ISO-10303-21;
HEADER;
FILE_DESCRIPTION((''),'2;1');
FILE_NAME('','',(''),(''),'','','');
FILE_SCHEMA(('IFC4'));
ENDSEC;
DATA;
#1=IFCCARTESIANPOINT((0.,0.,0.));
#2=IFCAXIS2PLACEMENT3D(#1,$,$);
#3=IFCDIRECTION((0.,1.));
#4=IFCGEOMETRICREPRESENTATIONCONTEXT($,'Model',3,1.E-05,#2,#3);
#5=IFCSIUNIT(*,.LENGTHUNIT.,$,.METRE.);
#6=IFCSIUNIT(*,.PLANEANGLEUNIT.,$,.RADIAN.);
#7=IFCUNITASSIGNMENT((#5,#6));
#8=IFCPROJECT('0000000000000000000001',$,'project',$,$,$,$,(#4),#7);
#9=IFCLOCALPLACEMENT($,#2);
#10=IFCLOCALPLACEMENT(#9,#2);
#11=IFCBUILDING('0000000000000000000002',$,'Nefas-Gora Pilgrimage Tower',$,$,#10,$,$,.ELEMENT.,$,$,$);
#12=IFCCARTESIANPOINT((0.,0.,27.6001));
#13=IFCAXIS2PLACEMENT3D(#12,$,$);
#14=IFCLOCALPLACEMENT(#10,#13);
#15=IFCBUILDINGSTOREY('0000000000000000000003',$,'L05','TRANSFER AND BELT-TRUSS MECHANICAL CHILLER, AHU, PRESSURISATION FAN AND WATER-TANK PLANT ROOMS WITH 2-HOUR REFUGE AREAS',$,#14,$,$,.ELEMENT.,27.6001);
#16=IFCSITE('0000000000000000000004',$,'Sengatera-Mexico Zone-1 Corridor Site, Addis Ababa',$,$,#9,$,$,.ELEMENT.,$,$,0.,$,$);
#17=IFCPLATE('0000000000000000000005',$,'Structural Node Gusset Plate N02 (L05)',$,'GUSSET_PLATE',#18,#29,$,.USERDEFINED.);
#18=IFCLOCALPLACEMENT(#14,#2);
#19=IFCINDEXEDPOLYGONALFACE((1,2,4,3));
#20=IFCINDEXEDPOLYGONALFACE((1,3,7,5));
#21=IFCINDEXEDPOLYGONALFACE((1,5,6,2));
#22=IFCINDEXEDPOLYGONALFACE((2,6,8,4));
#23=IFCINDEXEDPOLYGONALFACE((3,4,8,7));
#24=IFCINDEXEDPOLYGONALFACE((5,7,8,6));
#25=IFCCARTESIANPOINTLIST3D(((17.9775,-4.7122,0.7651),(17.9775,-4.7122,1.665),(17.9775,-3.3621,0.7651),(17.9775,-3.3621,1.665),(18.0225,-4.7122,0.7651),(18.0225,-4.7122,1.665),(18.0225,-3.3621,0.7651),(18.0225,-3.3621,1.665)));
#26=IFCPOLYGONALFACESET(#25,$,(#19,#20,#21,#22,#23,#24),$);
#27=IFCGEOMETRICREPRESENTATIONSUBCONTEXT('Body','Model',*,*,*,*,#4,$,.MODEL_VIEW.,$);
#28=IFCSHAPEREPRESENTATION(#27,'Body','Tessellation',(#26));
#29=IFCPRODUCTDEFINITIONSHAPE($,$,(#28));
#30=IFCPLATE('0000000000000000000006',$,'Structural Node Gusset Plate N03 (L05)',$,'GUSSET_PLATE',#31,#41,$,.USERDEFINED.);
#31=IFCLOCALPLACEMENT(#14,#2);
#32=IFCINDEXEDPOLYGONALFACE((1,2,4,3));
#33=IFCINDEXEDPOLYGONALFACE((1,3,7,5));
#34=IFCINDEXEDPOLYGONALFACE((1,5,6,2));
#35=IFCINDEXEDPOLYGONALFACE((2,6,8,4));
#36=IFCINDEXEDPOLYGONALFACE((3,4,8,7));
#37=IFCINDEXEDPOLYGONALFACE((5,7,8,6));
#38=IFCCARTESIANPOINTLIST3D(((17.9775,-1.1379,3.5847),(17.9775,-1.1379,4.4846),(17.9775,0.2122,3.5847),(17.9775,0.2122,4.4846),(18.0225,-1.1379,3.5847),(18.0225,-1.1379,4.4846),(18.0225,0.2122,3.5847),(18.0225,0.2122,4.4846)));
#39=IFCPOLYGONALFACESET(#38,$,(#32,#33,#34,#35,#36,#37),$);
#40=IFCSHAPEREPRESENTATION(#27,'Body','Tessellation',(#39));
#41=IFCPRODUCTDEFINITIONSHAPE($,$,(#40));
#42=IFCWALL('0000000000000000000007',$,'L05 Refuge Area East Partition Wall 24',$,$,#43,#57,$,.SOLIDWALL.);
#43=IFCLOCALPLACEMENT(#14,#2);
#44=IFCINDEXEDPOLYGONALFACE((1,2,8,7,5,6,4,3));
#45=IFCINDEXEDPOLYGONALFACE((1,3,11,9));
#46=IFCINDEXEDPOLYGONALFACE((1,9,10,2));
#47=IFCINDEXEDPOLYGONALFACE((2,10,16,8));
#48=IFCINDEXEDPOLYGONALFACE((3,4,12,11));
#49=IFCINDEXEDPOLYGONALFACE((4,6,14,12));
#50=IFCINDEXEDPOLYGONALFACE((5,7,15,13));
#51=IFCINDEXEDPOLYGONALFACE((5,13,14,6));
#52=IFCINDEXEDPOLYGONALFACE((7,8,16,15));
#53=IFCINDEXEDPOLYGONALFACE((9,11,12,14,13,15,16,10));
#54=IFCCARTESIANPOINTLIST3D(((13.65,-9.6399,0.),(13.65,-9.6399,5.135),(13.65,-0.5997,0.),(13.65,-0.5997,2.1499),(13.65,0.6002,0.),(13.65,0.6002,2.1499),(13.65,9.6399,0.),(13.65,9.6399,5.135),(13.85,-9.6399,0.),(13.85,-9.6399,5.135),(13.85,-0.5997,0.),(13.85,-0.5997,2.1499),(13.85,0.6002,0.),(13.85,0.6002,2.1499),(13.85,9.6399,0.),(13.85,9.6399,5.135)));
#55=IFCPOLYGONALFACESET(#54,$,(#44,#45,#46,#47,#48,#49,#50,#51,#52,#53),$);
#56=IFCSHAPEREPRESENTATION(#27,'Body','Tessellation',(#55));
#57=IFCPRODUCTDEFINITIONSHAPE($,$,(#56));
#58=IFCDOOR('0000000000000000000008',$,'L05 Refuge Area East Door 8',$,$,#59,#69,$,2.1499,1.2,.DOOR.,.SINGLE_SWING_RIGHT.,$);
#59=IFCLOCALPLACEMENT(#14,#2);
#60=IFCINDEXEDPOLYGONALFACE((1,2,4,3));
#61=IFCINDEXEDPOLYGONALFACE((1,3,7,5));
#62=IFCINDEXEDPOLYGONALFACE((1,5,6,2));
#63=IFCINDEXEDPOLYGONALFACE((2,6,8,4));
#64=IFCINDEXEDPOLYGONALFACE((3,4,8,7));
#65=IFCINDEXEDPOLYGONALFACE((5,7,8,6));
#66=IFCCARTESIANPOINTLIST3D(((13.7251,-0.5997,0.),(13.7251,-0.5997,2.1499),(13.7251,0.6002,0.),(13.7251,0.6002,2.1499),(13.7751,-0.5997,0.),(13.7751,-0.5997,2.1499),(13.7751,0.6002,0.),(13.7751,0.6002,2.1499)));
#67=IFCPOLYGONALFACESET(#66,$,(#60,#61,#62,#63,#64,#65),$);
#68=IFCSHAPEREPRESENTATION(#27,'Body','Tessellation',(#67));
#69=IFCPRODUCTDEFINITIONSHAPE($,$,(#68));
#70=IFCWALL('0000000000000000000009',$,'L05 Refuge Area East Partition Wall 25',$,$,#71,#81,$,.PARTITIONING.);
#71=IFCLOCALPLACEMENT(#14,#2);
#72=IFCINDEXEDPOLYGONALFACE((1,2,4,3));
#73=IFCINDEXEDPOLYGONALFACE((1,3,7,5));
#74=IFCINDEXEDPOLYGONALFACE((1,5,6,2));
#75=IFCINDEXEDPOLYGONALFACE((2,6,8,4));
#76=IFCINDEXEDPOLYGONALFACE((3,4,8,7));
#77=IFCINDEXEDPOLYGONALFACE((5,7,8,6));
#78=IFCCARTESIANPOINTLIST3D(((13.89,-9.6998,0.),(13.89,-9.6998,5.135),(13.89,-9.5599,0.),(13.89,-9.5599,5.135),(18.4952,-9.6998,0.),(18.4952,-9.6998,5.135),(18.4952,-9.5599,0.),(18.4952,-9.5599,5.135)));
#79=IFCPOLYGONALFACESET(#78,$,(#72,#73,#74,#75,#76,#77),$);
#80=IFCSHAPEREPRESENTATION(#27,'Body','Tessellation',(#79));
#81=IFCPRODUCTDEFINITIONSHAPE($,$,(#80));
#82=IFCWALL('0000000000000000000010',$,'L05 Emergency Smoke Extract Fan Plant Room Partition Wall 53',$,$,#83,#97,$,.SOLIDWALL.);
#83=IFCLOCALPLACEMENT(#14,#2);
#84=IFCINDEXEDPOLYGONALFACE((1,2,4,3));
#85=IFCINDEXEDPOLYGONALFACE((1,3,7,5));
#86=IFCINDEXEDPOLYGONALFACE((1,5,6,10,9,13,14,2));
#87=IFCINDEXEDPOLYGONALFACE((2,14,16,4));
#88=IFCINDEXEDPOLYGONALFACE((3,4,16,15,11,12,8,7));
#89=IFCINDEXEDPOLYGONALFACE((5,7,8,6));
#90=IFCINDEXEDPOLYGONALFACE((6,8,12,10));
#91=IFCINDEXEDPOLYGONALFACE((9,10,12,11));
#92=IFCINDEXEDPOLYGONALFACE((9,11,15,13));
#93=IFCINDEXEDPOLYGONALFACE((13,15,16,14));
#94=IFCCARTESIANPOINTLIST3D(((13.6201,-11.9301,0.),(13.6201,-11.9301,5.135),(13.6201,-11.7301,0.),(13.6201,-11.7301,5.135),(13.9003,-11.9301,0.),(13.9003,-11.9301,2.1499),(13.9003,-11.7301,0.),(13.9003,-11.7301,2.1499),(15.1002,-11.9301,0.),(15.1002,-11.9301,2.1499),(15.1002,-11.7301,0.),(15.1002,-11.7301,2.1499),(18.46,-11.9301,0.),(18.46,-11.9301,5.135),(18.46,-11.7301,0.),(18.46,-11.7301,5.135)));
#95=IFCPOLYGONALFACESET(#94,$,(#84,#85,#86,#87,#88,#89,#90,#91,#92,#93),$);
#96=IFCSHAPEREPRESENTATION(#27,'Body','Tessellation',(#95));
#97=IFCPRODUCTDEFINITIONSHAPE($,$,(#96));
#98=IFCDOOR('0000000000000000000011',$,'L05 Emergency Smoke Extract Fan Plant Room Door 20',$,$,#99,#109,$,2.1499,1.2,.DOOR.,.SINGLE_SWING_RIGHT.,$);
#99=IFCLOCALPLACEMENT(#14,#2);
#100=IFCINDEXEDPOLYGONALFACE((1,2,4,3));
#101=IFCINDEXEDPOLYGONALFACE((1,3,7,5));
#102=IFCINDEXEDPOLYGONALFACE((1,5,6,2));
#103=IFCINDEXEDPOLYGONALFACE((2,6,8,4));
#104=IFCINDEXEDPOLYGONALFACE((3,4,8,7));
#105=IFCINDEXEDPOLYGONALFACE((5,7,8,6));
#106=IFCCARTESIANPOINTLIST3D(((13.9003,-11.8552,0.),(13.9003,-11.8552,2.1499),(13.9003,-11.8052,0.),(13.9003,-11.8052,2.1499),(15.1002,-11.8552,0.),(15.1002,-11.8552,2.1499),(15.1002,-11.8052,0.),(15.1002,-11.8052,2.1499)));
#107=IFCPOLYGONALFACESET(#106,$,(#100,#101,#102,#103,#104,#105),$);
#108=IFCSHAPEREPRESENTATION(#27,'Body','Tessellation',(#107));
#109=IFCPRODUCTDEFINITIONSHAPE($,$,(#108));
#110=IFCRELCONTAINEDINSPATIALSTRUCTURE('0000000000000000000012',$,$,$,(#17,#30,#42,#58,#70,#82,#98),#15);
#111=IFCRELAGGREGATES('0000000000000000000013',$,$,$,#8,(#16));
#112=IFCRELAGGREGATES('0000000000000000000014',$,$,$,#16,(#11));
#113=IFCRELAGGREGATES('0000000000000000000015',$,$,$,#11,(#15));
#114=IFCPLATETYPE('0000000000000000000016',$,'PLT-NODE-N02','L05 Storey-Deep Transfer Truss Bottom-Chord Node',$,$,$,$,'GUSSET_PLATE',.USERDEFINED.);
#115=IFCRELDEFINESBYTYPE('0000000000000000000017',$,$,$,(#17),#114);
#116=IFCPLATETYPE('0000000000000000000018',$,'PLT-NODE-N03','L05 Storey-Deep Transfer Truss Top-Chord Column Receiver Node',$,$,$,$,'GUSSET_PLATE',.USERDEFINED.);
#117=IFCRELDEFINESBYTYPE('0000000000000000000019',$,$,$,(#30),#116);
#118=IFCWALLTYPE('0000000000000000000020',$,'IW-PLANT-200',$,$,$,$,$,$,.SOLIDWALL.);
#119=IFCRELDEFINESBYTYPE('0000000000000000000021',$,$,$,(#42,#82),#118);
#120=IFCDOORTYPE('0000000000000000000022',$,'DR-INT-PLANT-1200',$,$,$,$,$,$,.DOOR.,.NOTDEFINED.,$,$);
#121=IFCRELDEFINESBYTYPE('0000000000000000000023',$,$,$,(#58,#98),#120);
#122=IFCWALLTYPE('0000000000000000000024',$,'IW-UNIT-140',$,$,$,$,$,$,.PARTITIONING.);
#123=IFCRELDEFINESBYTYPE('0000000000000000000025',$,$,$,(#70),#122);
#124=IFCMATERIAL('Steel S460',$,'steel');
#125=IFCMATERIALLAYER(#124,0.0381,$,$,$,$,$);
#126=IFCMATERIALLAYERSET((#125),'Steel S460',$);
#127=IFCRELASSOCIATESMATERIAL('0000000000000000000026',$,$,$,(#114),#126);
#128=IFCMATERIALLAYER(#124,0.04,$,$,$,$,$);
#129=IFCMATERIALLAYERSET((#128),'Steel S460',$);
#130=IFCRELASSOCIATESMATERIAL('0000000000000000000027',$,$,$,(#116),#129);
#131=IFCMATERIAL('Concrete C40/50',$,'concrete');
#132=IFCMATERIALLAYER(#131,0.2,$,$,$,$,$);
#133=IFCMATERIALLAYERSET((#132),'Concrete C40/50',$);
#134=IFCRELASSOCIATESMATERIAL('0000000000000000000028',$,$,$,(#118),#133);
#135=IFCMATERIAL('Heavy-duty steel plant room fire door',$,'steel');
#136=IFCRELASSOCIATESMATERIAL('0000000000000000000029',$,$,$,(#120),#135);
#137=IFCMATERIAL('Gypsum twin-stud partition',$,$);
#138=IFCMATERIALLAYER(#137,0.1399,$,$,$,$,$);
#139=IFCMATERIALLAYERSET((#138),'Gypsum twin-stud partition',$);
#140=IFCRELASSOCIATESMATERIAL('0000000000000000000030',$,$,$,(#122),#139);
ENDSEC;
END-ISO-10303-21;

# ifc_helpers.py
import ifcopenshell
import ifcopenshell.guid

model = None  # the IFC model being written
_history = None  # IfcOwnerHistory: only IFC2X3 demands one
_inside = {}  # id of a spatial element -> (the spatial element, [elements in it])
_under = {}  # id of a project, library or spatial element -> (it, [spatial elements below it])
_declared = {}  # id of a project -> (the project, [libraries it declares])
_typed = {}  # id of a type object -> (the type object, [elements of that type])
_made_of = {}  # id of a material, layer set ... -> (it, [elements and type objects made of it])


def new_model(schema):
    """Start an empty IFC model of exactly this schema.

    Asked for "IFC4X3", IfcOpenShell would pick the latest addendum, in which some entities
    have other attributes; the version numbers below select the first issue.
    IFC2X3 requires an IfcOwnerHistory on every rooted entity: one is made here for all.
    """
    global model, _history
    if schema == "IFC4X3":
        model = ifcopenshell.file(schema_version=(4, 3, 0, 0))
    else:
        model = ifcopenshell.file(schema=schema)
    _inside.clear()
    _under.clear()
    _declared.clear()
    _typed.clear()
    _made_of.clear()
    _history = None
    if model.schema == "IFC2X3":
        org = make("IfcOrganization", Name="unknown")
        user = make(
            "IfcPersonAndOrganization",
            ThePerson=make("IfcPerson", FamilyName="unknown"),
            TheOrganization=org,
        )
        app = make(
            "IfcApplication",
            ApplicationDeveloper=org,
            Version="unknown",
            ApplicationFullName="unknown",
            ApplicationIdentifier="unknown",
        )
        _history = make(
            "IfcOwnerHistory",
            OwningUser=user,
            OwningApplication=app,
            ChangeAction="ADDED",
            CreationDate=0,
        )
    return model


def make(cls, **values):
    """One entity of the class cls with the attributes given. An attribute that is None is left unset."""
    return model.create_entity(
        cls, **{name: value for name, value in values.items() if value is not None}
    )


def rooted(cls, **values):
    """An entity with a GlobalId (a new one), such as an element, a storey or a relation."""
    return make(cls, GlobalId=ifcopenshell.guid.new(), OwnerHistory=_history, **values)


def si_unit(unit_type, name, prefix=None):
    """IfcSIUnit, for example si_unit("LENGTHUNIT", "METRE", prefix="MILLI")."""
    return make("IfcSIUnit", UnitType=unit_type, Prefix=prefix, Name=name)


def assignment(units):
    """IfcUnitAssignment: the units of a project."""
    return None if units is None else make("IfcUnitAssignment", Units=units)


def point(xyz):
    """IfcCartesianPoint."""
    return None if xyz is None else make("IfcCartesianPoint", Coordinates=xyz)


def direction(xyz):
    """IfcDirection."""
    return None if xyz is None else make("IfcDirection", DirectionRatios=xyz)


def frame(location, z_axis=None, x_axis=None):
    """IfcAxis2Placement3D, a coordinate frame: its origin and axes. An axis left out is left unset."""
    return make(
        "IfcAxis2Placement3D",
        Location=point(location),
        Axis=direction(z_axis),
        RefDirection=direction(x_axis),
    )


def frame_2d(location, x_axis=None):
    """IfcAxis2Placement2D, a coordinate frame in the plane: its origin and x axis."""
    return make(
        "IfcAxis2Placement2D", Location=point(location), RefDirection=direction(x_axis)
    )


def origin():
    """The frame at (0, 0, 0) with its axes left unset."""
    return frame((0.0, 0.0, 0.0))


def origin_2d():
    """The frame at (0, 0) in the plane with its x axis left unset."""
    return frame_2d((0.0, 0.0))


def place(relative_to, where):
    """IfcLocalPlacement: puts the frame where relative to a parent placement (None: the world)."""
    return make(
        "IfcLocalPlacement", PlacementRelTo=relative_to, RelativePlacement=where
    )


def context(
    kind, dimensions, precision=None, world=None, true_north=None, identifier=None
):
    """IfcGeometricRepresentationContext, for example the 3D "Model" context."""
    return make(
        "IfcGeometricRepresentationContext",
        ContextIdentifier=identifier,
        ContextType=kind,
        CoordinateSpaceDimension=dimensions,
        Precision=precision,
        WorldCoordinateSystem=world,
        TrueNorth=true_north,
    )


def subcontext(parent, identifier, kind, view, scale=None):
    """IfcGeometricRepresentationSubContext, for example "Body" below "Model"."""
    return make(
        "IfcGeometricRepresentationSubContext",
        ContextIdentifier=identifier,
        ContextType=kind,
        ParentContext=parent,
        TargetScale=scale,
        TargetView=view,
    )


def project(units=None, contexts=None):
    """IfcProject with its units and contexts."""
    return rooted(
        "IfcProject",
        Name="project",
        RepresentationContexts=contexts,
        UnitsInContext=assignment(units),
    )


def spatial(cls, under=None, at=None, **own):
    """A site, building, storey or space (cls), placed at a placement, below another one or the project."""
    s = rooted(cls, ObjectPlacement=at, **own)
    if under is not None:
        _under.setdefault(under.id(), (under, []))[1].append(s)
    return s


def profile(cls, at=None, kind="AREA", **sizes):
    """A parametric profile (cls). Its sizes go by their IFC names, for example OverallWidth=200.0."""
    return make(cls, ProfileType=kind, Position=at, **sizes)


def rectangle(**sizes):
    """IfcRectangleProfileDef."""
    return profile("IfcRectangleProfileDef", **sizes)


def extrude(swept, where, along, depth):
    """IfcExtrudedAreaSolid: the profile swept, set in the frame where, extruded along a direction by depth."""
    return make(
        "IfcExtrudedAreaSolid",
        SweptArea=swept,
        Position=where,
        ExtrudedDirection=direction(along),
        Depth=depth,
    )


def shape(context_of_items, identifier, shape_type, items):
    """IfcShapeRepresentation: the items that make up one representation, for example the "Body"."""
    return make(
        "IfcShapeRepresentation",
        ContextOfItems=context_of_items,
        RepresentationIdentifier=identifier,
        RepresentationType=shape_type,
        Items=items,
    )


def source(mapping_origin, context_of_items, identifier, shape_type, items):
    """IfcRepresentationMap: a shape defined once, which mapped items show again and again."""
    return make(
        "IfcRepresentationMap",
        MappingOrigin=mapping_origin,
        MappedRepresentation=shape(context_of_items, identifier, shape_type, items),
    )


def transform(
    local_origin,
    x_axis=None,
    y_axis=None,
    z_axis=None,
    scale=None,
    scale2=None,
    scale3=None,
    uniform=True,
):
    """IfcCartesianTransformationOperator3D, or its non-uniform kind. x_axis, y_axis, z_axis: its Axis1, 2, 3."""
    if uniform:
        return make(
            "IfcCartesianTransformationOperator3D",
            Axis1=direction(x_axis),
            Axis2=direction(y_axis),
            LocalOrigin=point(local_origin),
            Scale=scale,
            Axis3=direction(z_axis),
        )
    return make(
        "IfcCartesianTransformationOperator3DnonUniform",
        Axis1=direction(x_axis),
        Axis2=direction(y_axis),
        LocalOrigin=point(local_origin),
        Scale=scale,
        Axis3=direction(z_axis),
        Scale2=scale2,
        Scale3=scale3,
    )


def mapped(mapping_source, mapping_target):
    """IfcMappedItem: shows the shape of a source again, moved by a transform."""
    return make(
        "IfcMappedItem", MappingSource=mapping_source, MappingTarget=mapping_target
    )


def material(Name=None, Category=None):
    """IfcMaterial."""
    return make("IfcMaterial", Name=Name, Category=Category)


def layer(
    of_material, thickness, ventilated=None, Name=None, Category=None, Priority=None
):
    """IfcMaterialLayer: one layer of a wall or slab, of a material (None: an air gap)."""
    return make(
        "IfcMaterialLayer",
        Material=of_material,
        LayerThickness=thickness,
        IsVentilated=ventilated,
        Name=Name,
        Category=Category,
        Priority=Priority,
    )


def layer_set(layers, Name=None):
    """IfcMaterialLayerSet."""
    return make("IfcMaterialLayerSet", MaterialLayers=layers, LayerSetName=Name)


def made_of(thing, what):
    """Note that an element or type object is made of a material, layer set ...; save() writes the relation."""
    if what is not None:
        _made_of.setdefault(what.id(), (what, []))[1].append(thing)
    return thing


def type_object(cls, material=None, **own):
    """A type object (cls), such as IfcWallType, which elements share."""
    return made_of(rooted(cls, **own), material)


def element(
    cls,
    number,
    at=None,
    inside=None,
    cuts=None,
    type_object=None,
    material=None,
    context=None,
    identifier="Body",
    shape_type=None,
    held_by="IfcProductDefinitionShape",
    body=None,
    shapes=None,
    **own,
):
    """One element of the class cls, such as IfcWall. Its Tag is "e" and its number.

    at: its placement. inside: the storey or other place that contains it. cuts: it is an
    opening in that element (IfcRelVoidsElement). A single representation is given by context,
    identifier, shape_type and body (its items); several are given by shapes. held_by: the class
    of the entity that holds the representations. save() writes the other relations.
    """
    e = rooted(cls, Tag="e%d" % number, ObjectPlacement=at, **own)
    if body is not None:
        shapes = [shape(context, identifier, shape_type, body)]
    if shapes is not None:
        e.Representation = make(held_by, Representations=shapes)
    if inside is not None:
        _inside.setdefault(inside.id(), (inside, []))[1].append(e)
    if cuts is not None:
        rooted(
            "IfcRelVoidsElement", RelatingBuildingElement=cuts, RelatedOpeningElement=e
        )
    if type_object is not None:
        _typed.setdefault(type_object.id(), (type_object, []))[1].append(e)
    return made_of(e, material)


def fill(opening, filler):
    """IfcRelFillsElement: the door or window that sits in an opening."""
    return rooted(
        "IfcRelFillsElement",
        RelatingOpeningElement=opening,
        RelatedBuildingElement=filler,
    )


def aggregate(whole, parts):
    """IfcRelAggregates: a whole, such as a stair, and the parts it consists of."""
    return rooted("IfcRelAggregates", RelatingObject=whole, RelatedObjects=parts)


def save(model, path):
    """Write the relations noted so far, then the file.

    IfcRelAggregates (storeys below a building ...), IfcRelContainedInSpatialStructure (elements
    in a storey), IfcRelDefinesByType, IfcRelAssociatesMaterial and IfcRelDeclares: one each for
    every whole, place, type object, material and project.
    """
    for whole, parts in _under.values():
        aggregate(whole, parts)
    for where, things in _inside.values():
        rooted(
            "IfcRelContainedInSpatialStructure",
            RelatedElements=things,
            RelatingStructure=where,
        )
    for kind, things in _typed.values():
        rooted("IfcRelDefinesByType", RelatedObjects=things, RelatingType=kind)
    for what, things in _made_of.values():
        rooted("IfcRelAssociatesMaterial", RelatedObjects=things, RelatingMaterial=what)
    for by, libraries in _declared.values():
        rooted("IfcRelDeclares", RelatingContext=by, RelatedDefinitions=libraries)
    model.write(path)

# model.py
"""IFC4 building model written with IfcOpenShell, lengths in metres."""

from ifc_helpers import new_model, si_unit, direction, frame, frame_2d, origin, origin_2d, place, context, subcontext, project, spatial, rectangle, extrude, source, transform, mapped, material, layer, layer_set, type_object, element, fill, save


model = new_model("IFC4")

# Units and contexts
model_context = context("Model", 3, precision=1e-05, world=origin(), true_north=direction((0.0, 1.0)))
body_context = subcontext(model_context, "Body", "Model", "MODEL_VIEW")
ifc_project = project(units=[si_unit("LENGTHUNIT", "METRE"), si_unit("PLANEANGLEUNIT", "RADIAN")], contexts=[model_context])

# Site, building, storey
site_placement = place(None, origin())
site = spatial("IfcSite", under=ifc_project, at=site_placement, Name="Sengatera-Mexico Zone-1 Corridor Site, Addis Ababa", CompositionType="ELEMENT", RefElevation=0.0)
building_placement = place(site_placement, origin())
building = spatial("IfcBuilding", under=site, at=building_placement, Name="Nefas-Gora Pilgrimage Tower", CompositionType="ELEMENT")
storey_placement = place(building_placement, frame((0.0, 0.0, 27.6001)))
storey = spatial("IfcBuildingStorey", under=building, at=storey_placement, Name="L05", Description="TRANSFER AND BELT-TRUSS MECHANICAL CHILLER, AHU, PRESSURISATION FAN AND WATER-TANK PLANT ROOMS WITH 2-HOUR REFUGE AREAS", CompositionType="ELEMENT", Elevation=27.6001)

# Shared definitions
ifc_material_1 = material(Name="Steel S460", Category="steel")

# Plates
ifc_layer_1 = layer(ifc_material_1, 0.0381)
ifc_layer_set_1 = layer_set([ifc_layer_1], Name="Steel S460")
plate_type_1 = type_object("IfcPlateType", Name="PLT-NODE-N02", Description="L05 Storey-Deep Transfer Truss Bottom-Chord Node", ElementType="GUSSET_PLATE", PredefinedType="USERDEFINED", material=ifc_layer_set_1)
shared_shape_1 = source(origin(), body_context, "Body", "SweptSolid", [
    extrude(rectangle(XDim=1.3501, YDim=0.0449, at=origin_2d()), origin(), (0.0, 0.0, 1.0), 0.8999),
])
plate_1_placement = place(storey_placement, frame((18.0, -4.0371, 0.7651), z_axis=(0.0, 0.0, 1.0), x_axis=(0.0, 1.0, 0.0)))
element("IfcPlate", 1, at=plate_1_placement, inside=storey, type_object=plate_type_1, Name="Structural Node Gusset Plate N02 (L05)", ObjectType="GUSSET_PLATE", PredefinedType="USERDEFINED", context=body_context, shape_type="MappedRepresentation", body=[
    mapped(shared_shape_1, transform((0.0, 0.0, 0.0), x_axis=(1.0, 0.0, 0.0), y_axis=(0.0, 1.0, 0.0), z_axis=(0.0, 0.0, 1.0), scale=1.0)),
])
ifc_layer_2 = layer(ifc_material_1, 0.04)
ifc_layer_set_2 = layer_set([ifc_layer_2], Name="Steel S460")
plate_type_2 = type_object("IfcPlateType", Name="PLT-NODE-N03", Description="L05 Storey-Deep Transfer Truss Top-Chord Column Receiver Node", ElementType="GUSSET_PLATE", PredefinedType="USERDEFINED", material=ifc_layer_set_2)
plate_2_placement = place(storey_placement, frame((18.0, -0.4629, 3.5847), z_axis=(0.0, 0.0, 1.0), x_axis=(0.0, 1.0, 0.0)))
element("IfcPlate", 2, at=plate_2_placement, inside=storey, type_object=plate_type_2, Name="Structural Node Gusset Plate N03 (L05)", ObjectType="GUSSET_PLATE", PredefinedType="USERDEFINED", context=body_context, shape_type="MappedRepresentation", body=[
    mapped(shared_shape_1, transform((0.0, 0.0, 0.0), x_axis=(1.0, 0.0, 0.0), y_axis=(0.0, 1.0, 0.0), z_axis=(0.0, 0.0, 1.0), scale=1.0)),
])

# Wall, opening, door
ifc_material_2 = material(Name="Concrete C40/50", Category="concrete")
ifc_layer_3 = layer(ifc_material_2, 0.2)
ifc_layer_set_3 = layer_set([ifc_layer_3], Name="Concrete C40/50")
wall_type_1 = type_object("IfcWallType", Name="IW-PLANT-200", PredefinedType="SOLIDWALL", material=ifc_layer_set_3)
shared_shape_2 = source(origin(), body_context, "Body", "SweptSolid", [
    extrude(rectangle(XDim=19.2798, YDim=0.2, at=frame_2d((9.6399, 0.0))), origin(), (0.0, 0.0, 1.0), 5.135),
])
wall_1_placement = place(storey_placement, frame((13.75, -9.6399, 0.0), z_axis=(0.0, 0.0, 1.0), x_axis=(0.0, 1.0, 0.0)))
wall_1 = element("IfcWall", 3, at=wall_1_placement, inside=storey, type_object=wall_type_1, Name="L05 Refuge Area East Partition Wall 24", PredefinedType="SOLIDWALL", context=body_context, shape_type="MappedRepresentation", body=[
    mapped(shared_shape_2, transform((0.0, 0.0, 0.0), x_axis=(1.0, 0.0, 0.0), y_axis=(0.0, 1.0, 0.0), z_axis=(0.0, 0.0, 1.0), scale=1.0)),
])
opening_1_placement = place(wall_1_placement, frame((9.04, 0.0, 0.0)))
opening_1 = element("IfcOpeningElement", 4, at=opening_1_placement, cuts=wall_1, PredefinedType="OPENING", context=body_context, shape_type="SweptSolid", body=[
    extrude(rectangle(XDim=1.2, YDim=2.1499, at=frame_2d((0.6001, 1.075))), frame((0.0, 0.1099, 0.0), z_axis=(0.0, -1.0, 0.0), x_axis=(1.0, 0.0, 0.0)), (0.0, 0.0, 1.0), 0.22),
])
ifc_material_3 = material(Name="Heavy-duty steel plant room fire door", Category="steel")
door_type = type_object("IfcDoorType", Name="DR-INT-PLANT-1200", OperationType="NOTDEFINED", PredefinedType="DOOR", material=ifc_material_3)
shared_shape_3 = source(origin(), body_context, "Body", "SweptSolid", [
    extrude(rectangle(XDim=1.2, YDim=2.1499, at=frame_2d((0.6001, 1.075))), frame((0.0, 0.0249, 0.0), z_axis=(0.0, -1.0, 0.0), x_axis=(1.0, 0.0, 0.0)), (0.0, 0.0, 1.0), 0.05),
])
door_1_placement = place(opening_1_placement, origin())
door_1 = element("IfcDoor", 5, at=door_1_placement, inside=storey, type_object=door_type, Name="L05 Refuge Area East Door 8", OperationType="SINGLE_SWING_RIGHT", OverallHeight=2.1499, OverallWidth=1.2, PredefinedType="DOOR", context=body_context, shape_type="MappedRepresentation", body=[
    mapped(shared_shape_3, transform((0.0, 0.0, 0.0), x_axis=(1.0, 0.0, 0.0), y_axis=(0.0, 1.0, 0.0), z_axis=(0.0, 0.0, 1.0), scale=1.0)),
])
fill(opening_1, door_1)

# Wall
ifc_material_4 = material(Name="Gypsum twin-stud partition")
ifc_layer_4 = layer(ifc_material_4, 0.1399)
ifc_layer_set_4 = layer_set([ifc_layer_4], Name="Gypsum twin-stud partition")
wall_type_2 = type_object("IfcWallType", Name="IW-UNIT-140", PredefinedType="PARTITIONING", material=ifc_layer_set_4)
shared_shape_4 = source(origin(), body_context, "Body", "SweptSolid", [
    extrude(rectangle(XDim=4.6052, YDim=0.1399, at=frame_2d((2.3027, 0.0))), origin(), (0.0, 0.0, 1.0), 5.135),
])
wall_2_placement = place(storey_placement, frame((13.8899, -9.6299, 0.0), z_axis=(0.0, 0.0, 1.0), x_axis=(1.0, 0.0, 0.0)))
element("IfcWall", 6, at=wall_2_placement, inside=storey, type_object=wall_type_2, Name="L05 Refuge Area East Partition Wall 25", PredefinedType="PARTITIONING", context=body_context, shape_type="MappedRepresentation", body=[
    mapped(shared_shape_4, transform((0.0, 0.0, 0.0), x_axis=(1.0, 0.0, 0.0), y_axis=(0.0, 1.0, 0.0), z_axis=(0.0, 0.0, 1.0), scale=1.0)),
])

# Wall, opening, door
shared_shape_5 = source(origin(), body_context, "Body", "SweptSolid", [
    extrude(rectangle(XDim=4.8398, YDim=0.2, at=frame_2d((2.4199, 0.0))), origin(), (0.0, 0.0, 1.0), 5.135),
])
wall_3_placement = place(storey_placement, frame((13.6201, -11.8301, 0.0), z_axis=(0.0, 0.0, 1.0), x_axis=(1.0, 0.0, 0.0)))
wall_3 = element("IfcWall", 7, at=wall_3_placement, inside=storey, type_object=wall_type_1, Name="L05 Emergency Smoke Extract Fan Plant Room Partition Wall 53", PredefinedType="SOLIDWALL", context=body_context, shape_type="MappedRepresentation", body=[
    mapped(shared_shape_5, transform((0.0, 0.0, 0.0), x_axis=(1.0, 0.0, 0.0), y_axis=(0.0, 1.0, 0.0), z_axis=(0.0, 0.0, 1.0), scale=1.0)),
])
opening_2_placement = place(wall_3_placement, frame((0.28, 0.0, 0.0)))
opening_2 = element("IfcOpeningElement", 8, at=opening_2_placement, cuts=wall_3, PredefinedType="OPENING", context=body_context, shape_type="SweptSolid", body=[
    extrude(rectangle(XDim=1.2, YDim=2.1499, at=frame_2d((0.6001, 1.075))), frame((0.0, 0.1099, 0.0), z_axis=(0.0, -1.0, 0.0), x_axis=(1.0, 0.0, 0.0)), (0.0, 0.0, 1.0), 0.22),
])
door_2_placement = place(opening_2_placement, origin())
door_2 = element("IfcDoor", 9, at=door_2_placement, inside=storey, type_object=door_type, Name="L05 Emergency Smoke Extract Fan Plant Room Door 20", OperationType="SINGLE_SWING_RIGHT", OverallHeight=2.1499, OverallWidth=1.2, PredefinedType="DOOR", context=body_context, shape_type="MappedRepresentation", body=[
    mapped(shared_shape_3, transform((0.0, 0.0, 0.0), x_axis=(1.0, 0.0, 0.0), y_axis=(0.0, 1.0, 0.0), z_axis=(0.0, 0.0, 1.0), scale=1.0)),
])
fill(opening_2, door_2)

save(model, "model.ifc")
